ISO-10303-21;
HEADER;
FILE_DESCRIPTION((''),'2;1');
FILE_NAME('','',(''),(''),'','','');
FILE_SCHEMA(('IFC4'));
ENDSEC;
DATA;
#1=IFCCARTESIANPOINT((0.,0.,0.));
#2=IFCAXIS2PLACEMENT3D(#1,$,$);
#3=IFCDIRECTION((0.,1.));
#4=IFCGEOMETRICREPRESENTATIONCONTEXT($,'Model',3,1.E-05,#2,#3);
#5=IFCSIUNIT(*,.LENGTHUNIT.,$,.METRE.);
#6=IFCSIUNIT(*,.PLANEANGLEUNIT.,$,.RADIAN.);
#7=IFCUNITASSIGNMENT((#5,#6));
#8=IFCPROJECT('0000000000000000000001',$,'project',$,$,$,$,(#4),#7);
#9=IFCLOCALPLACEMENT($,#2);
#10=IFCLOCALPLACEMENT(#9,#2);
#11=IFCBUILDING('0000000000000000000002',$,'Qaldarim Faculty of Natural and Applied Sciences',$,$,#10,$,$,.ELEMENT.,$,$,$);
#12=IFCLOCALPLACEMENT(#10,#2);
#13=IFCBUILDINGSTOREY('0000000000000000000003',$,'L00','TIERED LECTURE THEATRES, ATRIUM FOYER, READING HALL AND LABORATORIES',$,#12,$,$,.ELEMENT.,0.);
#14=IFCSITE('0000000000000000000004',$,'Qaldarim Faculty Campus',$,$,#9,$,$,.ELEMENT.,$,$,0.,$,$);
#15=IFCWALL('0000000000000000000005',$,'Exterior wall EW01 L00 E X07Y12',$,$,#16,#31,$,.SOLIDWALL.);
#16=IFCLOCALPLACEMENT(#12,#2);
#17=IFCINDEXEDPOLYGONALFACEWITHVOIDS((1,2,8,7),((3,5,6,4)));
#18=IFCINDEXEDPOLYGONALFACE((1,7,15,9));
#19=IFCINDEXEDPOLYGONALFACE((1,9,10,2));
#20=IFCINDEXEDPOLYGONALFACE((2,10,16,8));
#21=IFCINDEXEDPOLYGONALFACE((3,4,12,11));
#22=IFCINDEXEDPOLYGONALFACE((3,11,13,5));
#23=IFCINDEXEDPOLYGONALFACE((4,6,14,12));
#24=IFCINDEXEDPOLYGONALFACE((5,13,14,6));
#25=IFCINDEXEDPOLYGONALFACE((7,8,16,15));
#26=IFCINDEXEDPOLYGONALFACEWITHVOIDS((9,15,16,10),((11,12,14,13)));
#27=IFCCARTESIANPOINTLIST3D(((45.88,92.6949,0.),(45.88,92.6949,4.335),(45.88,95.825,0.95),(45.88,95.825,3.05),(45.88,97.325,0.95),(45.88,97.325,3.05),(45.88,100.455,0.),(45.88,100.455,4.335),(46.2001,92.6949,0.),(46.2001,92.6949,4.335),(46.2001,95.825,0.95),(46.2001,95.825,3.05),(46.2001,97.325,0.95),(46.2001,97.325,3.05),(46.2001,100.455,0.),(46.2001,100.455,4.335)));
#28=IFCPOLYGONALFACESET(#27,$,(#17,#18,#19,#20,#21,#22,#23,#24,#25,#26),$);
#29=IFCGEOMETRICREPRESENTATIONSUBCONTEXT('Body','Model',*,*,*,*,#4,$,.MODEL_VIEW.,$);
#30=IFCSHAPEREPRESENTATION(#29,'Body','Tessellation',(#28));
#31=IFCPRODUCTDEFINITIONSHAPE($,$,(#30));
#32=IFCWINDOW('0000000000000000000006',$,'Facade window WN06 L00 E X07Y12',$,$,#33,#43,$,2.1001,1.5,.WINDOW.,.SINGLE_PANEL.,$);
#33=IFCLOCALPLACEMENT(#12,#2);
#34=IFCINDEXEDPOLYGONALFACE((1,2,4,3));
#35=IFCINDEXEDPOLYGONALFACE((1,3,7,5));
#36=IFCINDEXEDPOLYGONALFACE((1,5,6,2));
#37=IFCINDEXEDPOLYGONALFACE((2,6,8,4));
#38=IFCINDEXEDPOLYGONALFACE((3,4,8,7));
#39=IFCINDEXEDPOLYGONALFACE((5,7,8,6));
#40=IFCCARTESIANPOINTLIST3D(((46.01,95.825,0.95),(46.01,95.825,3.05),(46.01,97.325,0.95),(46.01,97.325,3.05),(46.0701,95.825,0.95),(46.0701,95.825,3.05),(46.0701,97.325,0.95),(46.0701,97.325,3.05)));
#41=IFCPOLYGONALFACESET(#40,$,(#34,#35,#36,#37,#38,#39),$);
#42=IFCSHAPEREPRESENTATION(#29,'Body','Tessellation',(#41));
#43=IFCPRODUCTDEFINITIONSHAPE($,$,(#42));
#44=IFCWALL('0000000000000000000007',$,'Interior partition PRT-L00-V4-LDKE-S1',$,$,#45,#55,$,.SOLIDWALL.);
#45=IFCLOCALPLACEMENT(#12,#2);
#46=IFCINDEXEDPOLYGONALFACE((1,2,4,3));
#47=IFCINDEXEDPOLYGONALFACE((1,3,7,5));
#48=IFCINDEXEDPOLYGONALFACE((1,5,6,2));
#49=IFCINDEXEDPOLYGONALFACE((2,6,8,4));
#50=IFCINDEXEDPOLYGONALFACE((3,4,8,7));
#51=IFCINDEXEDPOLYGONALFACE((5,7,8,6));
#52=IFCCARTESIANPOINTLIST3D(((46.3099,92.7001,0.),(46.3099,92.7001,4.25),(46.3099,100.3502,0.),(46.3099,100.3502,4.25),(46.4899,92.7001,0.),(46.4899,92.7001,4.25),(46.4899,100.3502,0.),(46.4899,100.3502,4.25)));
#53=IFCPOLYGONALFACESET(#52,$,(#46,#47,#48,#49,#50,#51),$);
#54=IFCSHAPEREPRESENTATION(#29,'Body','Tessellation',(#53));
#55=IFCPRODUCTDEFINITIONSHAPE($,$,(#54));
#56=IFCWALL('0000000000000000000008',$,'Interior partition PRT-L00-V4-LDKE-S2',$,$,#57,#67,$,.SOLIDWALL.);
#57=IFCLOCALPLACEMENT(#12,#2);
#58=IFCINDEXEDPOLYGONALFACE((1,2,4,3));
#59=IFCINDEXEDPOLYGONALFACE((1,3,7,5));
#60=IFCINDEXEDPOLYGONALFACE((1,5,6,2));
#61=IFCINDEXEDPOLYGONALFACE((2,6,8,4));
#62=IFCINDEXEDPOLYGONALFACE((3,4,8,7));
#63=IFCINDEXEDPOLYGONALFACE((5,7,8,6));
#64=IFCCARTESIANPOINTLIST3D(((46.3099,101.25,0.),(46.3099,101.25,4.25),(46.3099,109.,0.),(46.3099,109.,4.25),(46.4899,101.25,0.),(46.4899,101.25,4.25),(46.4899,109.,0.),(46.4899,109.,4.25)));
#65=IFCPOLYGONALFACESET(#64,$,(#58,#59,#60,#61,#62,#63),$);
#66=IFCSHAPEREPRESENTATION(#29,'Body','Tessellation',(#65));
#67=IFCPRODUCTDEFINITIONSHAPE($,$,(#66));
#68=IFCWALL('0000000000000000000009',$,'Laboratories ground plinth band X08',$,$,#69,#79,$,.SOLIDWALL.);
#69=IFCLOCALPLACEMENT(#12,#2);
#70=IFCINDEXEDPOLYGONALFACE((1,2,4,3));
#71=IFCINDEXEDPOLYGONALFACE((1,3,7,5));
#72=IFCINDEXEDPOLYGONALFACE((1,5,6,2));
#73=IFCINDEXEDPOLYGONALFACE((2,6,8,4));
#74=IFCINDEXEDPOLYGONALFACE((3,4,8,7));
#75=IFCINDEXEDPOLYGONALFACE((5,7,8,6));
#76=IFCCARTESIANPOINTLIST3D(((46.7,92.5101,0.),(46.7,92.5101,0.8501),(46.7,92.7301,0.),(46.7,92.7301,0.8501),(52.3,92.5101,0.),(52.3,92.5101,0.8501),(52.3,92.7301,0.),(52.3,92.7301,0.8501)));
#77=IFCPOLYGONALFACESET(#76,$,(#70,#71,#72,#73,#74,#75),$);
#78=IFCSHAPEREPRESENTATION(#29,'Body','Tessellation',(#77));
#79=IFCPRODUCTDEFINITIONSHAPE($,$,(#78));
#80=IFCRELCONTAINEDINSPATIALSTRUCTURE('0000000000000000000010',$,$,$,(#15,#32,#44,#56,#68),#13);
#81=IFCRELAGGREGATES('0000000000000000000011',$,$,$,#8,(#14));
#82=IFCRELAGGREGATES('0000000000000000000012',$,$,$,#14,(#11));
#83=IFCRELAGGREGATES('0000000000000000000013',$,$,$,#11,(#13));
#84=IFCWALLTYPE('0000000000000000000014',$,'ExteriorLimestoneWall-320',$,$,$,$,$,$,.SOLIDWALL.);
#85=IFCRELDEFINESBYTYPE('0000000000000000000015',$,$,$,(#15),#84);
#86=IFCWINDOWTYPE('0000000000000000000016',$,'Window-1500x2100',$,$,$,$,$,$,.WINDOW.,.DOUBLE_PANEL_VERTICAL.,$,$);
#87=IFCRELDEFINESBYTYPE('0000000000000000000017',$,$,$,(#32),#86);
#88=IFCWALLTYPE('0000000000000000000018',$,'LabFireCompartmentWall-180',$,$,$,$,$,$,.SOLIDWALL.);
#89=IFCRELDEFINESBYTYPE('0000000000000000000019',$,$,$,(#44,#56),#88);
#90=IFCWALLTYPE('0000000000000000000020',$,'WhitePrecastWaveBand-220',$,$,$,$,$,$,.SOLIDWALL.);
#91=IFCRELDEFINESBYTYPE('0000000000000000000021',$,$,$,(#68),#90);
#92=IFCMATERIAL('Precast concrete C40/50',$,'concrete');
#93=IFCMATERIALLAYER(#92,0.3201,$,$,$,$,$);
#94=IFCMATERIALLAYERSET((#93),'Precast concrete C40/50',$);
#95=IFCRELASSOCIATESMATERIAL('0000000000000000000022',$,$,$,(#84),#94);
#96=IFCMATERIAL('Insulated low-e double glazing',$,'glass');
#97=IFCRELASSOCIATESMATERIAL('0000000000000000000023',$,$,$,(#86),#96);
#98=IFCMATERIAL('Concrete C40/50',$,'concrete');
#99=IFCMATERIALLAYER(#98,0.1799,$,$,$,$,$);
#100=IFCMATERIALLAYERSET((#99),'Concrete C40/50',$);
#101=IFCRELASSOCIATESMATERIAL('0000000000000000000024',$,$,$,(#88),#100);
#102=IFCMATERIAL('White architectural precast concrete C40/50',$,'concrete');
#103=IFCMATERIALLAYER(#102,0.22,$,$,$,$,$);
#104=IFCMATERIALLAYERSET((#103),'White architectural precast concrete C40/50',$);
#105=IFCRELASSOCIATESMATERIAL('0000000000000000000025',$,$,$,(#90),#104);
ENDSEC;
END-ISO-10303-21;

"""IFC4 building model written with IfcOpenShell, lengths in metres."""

from ifc_helpers import new_model, si_unit, direction, frame, frame_2d, origin, place, context, subcontext, project, spatial, rectangle, extrude, material, layer, layer_set, type_object, element, fill, save


model = new_model("IFC4")

# Units and contexts
model_context = context("Model", 3, precision=1e-05, world=origin(), true_north=direction((0.0, 1.0)))
body_context = subcontext(model_context, "Body", "Model", "MODEL_VIEW")
ifc_project = project(units=[si_unit("LENGTHUNIT", "METRE"), si_unit("PLANEANGLEUNIT", "RADIAN")], contexts=[model_context])

# Site, building, storey
site_placement = place(None, origin())
site = spatial("IfcSite", under=ifc_project, at=site_placement, Name="Qaldarim Faculty Campus", CompositionType="ELEMENT", RefElevation=0.0)
building_placement = place(site_placement, origin())
building = spatial("IfcBuilding", under=site, at=building_placement, Name="Qaldarim Faculty of Natural and Applied Sciences", CompositionType="ELEMENT")
storey_placement = place(building_placement, origin())
storey = spatial("IfcBuildingStorey", under=building, at=storey_placement, Name="L00", Description="TIERED LECTURE THEATRES, ATRIUM FOYER, READING HALL AND LABORATORIES", CompositionType="ELEMENT", Elevation=0.0)

# Shared definitions
ifc_material_1 = material(Name="Concrete C40/50", Category="concrete")

# Wall, opening, window
ifc_material_2 = material(Name="Precast concrete C40/50", Category="concrete")
ifc_layer_1 = layer(ifc_material_2, 0.3201)
ifc_layer_set_1 = layer_set([ifc_layer_1], Name="Precast concrete C40/50")
wall_type_1 = type_object("IfcWallType", Name="ExteriorLimestoneWall-320", PredefinedType="SOLIDWALL", material=ifc_layer_set_1)
wall_1_placement = place(storey_placement, frame((46.04, 92.6951, 0.0), z_axis=(0.0, 0.0, 1.0), x_axis=(0.0, 1.0, 0.0)))
wall_1 = element("IfcWall", 1, at=wall_1_placement, inside=storey, type_object=wall_type_1, Name="Exterior wall EW01 L00 E X07Y12", PredefinedType="SOLIDWALL", context=body_context, shape_type="SweptSolid", body=[
    extrude(rectangle(XDim=7.76, YDim=0.3201, at=frame_2d((3.8799, 0.0))), origin(), (0.0, 0.0, 1.0), 4.335),
])
opening_placement = place(wall_1_placement, frame((3.1299, 0.0, 0.95)))
opening = element("IfcOpeningElement", 2, at=opening_placement, cuts=wall_1, PredefinedType="OPENING", context=body_context, shape_type="SweptSolid", body=[
    extrude(rectangle(XDim=1.5, YDim=2.1001, at=frame_2d((0.75, 1.05))), frame((0.0, 0.1699, 0.0), z_axis=(0.0, -1.0, 0.0), x_axis=(1.0, 0.0, 0.0)), (0.0, 0.0, 1.0), 0.3401),
])
ifc_material_3 = material(Name="Insulated low-e double glazing", Category="glass")
window_type = type_object("IfcWindowType", Name="Window-1500x2100", PartitioningType="DOUBLE_PANEL_VERTICAL", PredefinedType="WINDOW", material=ifc_material_3)
window_placement = place(opening_placement, origin())
window = element("IfcWindow", 3, at=window_placement, inside=storey, type_object=window_type, Name="Facade window WN06 L00 E X07Y12", OverallHeight=2.1001, OverallWidth=1.5, PartitioningType="SINGLE_PANEL", PredefinedType="WINDOW", context=body_context, shape_type="SweptSolid", body=[
    extrude(rectangle(XDim=1.5, YDim=2.1001, at=frame_2d((0.75, 1.05))), frame((0.0, 0.03, 0.0), z_axis=(0.0, -1.0, 0.0), x_axis=(1.0, 0.0, 0.0)), (0.0, 0.0, 1.0), 0.0601),
])
fill(opening, window)

# Walls
ifc_layer_2 = layer(ifc_material_1, 0.1799)
ifc_layer_set_2 = layer_set([ifc_layer_2], Name="Concrete C40/50")
wall_type_2 = type_object("IfcWallType", Name="LabFireCompartmentWall-180", PredefinedType="SOLIDWALL", material=ifc_layer_set_2)
wall_2_placement = place(storey_placement, frame((46.3999, 92.7, 0.0), z_axis=(0.0, 0.0, 1.0), x_axis=(0.0, 1.0, 0.0)))
element("IfcWall", 4, at=wall_2_placement, inside=storey, type_object=wall_type_2, Name="Interior partition PRT-L00-V4-LDKE-S1", PredefinedType="SOLIDWALL", context=body_context, shape_type="SweptSolid", body=[
    extrude(rectangle(XDim=7.6501, YDim=0.1799, at=frame_2d((3.8252, 0.0))), origin(), (0.0, 0.0, 1.0), 4.25),
])
wall_3_placement = place(storey_placement, frame((46.3999, 101.25, 0.0), z_axis=(0.0, 0.0, 1.0), x_axis=(0.0, 1.0, 0.0)))
element("IfcWall", 5, at=wall_3_placement, inside=storey, type_object=wall_type_2, Name="Interior partition PRT-L00-V4-LDKE-S2", PredefinedType="SOLIDWALL", context=body_context, shape_type="SweptSolid", body=[
    extrude(rectangle(XDim=7.75, YDim=0.1799, at=frame_2d((3.875, 0.0))), origin(), (0.0, 0.0, 1.0), 4.25),
])
ifc_material_4 = material(Name="White architectural precast concrete C40/50", Category="concrete")
ifc_layer_3 = layer(ifc_material_4, 0.22)
ifc_layer_set_3 = layer_set([ifc_layer_3], Name="White architectural precast concrete C40/50")
wall_type_3 = type_object("IfcWallType", Name="WhitePrecastWaveBand-220", PredefinedType="SOLIDWALL", material=ifc_layer_set_3)
wall_4_placement = place(storey_placement, frame((46.7, 92.6201, 0.0), z_axis=(0.0, 0.0, 1.0), x_axis=(1.0, 0.0, 0.0)))
element("IfcWall", 6, at=wall_4_placement, inside=storey, type_object=wall_type_3, Name="Laboratories ground plinth band X08", PredefinedType="SOLIDWALL", context=body_context, shape_type="SweptSolid", body=[
    extrude(rectangle(XDim=5.6001, YDim=0.22, at=frame_2d((2.8, 0.0))), origin(), (0.0, 0.0, 1.0), 0.8501),
])

save(model, "model.ifc")
